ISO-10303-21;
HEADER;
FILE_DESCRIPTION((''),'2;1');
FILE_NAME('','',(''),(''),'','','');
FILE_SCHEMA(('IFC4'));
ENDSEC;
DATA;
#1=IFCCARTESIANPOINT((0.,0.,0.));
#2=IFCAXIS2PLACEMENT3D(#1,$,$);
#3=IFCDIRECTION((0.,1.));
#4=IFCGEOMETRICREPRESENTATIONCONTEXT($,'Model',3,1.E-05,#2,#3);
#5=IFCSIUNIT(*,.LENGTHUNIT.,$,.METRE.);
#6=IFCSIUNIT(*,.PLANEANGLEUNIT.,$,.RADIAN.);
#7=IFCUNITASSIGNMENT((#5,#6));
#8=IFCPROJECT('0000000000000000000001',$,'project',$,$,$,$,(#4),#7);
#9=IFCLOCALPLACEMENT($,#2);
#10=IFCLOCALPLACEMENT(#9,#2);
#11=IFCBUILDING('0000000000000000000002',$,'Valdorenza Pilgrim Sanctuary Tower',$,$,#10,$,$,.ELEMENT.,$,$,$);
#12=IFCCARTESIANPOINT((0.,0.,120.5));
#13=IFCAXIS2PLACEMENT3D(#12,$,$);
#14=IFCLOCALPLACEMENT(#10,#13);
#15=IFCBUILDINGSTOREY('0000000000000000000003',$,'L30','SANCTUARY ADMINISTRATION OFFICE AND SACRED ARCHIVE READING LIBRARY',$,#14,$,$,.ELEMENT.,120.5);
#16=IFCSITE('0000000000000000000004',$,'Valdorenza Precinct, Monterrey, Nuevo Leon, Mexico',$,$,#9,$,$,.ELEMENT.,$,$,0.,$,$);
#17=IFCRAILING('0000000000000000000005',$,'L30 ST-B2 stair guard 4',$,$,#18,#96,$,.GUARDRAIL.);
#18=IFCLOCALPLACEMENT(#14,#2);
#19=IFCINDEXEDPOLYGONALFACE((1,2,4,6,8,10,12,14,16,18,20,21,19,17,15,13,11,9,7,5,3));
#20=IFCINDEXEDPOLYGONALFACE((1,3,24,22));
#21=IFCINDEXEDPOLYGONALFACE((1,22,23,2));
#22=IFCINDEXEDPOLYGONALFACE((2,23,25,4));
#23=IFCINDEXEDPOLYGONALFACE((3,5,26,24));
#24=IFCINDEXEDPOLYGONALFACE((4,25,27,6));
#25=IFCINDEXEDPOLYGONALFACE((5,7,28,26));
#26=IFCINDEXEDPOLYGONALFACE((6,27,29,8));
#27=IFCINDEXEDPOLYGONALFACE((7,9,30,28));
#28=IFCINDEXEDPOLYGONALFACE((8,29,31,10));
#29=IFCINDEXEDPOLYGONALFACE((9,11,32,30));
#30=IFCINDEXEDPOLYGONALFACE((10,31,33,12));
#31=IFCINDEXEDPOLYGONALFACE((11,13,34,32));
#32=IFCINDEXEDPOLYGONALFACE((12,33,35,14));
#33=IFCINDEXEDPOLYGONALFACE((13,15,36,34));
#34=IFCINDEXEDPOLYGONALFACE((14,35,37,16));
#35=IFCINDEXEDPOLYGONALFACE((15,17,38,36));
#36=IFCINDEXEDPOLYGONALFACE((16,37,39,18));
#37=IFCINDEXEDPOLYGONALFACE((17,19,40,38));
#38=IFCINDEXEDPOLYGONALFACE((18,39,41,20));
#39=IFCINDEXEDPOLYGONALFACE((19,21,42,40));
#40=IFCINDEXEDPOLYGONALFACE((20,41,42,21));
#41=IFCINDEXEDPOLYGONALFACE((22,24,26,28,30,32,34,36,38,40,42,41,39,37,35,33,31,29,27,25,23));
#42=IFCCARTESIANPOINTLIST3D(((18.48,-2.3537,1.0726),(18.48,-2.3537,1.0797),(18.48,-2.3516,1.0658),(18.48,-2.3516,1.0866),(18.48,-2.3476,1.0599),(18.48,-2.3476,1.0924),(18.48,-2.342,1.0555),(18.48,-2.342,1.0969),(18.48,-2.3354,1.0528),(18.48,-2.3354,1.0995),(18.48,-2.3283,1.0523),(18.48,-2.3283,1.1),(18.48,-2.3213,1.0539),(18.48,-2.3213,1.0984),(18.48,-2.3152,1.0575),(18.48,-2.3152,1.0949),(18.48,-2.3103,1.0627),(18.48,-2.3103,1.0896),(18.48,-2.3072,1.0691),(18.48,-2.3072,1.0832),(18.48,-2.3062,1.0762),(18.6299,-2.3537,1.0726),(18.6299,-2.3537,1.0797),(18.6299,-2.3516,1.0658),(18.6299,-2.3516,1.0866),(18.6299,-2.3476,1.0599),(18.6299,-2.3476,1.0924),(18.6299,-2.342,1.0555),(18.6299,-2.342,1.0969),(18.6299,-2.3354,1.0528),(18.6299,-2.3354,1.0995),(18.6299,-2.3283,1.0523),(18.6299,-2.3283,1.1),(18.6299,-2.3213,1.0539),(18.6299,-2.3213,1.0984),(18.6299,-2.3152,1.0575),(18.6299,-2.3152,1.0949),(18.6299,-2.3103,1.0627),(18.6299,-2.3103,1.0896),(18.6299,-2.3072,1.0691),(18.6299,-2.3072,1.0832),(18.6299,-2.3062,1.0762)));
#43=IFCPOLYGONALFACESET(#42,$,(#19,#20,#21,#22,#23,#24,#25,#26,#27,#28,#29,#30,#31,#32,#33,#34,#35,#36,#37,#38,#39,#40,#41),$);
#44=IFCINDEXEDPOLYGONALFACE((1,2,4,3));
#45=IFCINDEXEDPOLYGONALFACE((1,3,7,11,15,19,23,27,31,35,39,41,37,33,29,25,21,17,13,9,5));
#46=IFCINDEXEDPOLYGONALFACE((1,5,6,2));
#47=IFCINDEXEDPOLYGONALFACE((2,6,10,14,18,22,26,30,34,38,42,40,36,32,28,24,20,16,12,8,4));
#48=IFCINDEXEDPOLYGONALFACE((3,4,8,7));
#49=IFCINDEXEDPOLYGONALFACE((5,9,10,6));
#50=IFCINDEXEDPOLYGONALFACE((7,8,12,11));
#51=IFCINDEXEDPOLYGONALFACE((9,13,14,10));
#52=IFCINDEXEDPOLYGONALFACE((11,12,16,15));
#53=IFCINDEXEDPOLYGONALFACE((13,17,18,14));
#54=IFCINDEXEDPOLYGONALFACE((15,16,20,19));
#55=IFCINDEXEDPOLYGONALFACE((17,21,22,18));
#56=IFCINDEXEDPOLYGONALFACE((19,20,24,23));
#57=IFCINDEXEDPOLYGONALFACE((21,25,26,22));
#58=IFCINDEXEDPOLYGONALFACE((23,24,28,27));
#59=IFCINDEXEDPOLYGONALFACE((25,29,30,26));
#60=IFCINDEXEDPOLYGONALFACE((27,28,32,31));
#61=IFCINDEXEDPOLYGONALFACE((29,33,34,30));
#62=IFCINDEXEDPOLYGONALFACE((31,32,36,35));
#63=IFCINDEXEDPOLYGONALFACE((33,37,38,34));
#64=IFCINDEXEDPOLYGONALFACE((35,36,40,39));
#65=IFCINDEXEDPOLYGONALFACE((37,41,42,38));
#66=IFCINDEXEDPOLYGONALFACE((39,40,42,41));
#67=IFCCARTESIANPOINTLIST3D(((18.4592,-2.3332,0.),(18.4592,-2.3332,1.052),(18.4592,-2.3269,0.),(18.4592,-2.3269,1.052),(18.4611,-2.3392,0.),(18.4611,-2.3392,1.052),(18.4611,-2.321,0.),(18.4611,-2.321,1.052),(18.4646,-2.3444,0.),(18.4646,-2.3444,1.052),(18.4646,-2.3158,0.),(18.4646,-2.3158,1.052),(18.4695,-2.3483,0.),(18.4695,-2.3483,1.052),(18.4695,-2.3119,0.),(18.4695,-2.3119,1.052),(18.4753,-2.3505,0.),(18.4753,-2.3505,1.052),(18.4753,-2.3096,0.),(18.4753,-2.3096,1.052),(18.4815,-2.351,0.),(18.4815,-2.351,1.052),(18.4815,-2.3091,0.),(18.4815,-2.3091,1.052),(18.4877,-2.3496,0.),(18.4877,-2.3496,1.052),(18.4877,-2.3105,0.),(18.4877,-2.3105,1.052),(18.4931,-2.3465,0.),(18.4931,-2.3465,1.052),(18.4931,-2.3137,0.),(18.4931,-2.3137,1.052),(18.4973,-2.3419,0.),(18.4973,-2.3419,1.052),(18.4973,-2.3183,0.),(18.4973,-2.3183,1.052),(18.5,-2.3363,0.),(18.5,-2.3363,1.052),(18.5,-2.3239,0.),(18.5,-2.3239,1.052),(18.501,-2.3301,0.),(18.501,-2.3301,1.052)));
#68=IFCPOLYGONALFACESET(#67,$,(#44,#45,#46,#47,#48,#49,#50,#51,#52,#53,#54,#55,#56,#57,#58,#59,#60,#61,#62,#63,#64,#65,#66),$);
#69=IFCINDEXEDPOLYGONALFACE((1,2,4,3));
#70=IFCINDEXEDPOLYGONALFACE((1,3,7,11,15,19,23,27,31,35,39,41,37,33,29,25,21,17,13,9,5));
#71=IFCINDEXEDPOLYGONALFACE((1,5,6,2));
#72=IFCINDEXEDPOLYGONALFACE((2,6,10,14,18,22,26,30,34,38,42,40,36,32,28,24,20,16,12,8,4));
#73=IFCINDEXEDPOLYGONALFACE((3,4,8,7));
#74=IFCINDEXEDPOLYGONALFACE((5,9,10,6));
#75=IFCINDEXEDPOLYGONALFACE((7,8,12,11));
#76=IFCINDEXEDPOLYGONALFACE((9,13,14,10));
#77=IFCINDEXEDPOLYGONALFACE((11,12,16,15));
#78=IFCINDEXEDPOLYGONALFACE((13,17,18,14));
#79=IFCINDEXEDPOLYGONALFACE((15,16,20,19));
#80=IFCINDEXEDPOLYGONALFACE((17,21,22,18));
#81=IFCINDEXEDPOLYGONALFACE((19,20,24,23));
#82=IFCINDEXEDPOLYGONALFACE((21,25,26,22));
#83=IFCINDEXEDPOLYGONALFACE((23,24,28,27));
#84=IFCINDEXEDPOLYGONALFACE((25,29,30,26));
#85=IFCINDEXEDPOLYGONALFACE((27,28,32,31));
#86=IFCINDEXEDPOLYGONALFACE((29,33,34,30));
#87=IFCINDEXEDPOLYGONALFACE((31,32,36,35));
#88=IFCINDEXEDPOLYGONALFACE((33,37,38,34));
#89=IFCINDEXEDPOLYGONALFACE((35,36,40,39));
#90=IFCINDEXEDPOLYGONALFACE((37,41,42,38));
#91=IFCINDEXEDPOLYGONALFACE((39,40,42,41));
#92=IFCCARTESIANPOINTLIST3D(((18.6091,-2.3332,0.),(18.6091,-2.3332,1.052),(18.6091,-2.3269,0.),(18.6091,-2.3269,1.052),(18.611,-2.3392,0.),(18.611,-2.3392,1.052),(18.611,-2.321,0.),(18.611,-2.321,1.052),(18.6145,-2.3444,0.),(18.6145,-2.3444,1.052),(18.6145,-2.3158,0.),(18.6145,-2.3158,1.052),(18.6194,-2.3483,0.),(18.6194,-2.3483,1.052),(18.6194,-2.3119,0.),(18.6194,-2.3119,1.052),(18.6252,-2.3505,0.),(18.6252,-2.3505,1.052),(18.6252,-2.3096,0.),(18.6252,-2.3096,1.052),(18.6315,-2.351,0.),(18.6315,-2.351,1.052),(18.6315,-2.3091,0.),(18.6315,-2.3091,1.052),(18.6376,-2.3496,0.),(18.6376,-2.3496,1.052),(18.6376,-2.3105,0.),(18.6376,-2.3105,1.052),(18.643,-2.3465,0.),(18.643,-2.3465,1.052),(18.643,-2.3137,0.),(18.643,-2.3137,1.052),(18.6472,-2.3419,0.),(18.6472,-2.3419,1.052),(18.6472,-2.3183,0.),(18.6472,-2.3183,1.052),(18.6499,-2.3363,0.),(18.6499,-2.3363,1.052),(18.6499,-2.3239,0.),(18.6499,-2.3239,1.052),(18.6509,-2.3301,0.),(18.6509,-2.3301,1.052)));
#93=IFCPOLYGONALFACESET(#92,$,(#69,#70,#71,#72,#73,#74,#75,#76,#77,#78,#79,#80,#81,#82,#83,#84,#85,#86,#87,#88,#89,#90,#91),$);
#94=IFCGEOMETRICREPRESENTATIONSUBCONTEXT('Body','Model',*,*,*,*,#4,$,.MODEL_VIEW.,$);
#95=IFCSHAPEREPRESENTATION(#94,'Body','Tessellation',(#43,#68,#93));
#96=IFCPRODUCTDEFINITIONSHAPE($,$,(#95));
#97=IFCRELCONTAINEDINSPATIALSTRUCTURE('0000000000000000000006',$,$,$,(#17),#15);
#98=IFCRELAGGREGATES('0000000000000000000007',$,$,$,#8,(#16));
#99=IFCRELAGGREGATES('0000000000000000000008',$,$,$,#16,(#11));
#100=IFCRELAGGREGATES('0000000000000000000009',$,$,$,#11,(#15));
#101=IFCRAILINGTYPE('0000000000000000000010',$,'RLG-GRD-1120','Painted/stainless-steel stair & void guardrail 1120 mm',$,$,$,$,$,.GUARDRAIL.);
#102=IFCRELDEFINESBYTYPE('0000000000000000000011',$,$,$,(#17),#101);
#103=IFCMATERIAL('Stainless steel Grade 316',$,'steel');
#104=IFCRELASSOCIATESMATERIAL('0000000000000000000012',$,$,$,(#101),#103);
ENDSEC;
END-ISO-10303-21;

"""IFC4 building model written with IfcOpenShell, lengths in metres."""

from ifc_helpers import new_model, si_unit, direction, frame, origin, origin_2d, place, context, subcontext, project, spatial, circle, extrude, material, type_object, element, save


model = new_model("IFC4")

# Units and contexts
model_context = context("Model", 3, precision=1e-05, world=origin(), true_north=direction((0.0, 1.0)))
body_context = subcontext(model_context, "Body", "Model", "MODEL_VIEW")
ifc_project = project(units=[si_unit("LENGTHUNIT", "METRE"), si_unit("PLANEANGLEUNIT", "RADIAN")], contexts=[model_context])

# Site, building, storey
site_placement = place(None, origin())
site = spatial("IfcSite", under=ifc_project, at=site_placement, Name="Valdorenza Precinct, Monterrey, Nuevo Leon, Mexico", CompositionType="ELEMENT", RefElevation=0.0)
building_placement = place(site_placement, origin())
building = spatial("IfcBuilding", under=site, at=building_placement, Name="Valdorenza Pilgrim Sanctuary Tower", CompositionType="ELEMENT")
storey_placement = place(building_placement, frame((0.0, 0.0, 120.5)))
storey = spatial("IfcBuildingStorey", under=building, at=storey_placement, Name="L30", Description="SANCTUARY ADMINISTRATION OFFICE AND SACRED ARCHIVE READING LIBRARY", CompositionType="ELEMENT", Elevation=120.5)

# Railing
ifc_material_1 = material(Name="Stainless steel Grade 316", Category="steel")
railing_type_1 = type_object("IfcRailingType", Name="RLG-GRD-1120", Description="Painted/stainless-steel stair & void guardrail 1120 mm", PredefinedType="GUARDRAIL", material=ifc_material_1)
railing_1_placement = place(storey_placement, frame((18.48, -2.3301, 0.0)))
element("IfcRailing", 1, at=railing_1_placement, inside=storey, type_object=railing_type_1, Name="L30 ST-B2 stair guard 4", PredefinedType="GUARDRAIL", context=body_context, shape_type="SweptSolid", body=[
    extrude(circle(Radius=0.0239, at=origin_2d()), frame((0.0, 0.0, 1.0762), z_axis=(1.0, 0.0, 0.0), x_axis=(0.0, 1.0, 0.0)), (0.0, 0.0, 1.0), 0.1499),
    extrude(circle(Radius=0.021, at=origin_2d()), origin(), (0.0, 0.0, 1.0), 1.052),
    extrude(circle(Radius=0.021, at=origin_2d()), frame((0.1499, 0.0, 0.0)), (0.0, 0.0, 1.0), 1.052),
])

save(model, "model.ifc")
